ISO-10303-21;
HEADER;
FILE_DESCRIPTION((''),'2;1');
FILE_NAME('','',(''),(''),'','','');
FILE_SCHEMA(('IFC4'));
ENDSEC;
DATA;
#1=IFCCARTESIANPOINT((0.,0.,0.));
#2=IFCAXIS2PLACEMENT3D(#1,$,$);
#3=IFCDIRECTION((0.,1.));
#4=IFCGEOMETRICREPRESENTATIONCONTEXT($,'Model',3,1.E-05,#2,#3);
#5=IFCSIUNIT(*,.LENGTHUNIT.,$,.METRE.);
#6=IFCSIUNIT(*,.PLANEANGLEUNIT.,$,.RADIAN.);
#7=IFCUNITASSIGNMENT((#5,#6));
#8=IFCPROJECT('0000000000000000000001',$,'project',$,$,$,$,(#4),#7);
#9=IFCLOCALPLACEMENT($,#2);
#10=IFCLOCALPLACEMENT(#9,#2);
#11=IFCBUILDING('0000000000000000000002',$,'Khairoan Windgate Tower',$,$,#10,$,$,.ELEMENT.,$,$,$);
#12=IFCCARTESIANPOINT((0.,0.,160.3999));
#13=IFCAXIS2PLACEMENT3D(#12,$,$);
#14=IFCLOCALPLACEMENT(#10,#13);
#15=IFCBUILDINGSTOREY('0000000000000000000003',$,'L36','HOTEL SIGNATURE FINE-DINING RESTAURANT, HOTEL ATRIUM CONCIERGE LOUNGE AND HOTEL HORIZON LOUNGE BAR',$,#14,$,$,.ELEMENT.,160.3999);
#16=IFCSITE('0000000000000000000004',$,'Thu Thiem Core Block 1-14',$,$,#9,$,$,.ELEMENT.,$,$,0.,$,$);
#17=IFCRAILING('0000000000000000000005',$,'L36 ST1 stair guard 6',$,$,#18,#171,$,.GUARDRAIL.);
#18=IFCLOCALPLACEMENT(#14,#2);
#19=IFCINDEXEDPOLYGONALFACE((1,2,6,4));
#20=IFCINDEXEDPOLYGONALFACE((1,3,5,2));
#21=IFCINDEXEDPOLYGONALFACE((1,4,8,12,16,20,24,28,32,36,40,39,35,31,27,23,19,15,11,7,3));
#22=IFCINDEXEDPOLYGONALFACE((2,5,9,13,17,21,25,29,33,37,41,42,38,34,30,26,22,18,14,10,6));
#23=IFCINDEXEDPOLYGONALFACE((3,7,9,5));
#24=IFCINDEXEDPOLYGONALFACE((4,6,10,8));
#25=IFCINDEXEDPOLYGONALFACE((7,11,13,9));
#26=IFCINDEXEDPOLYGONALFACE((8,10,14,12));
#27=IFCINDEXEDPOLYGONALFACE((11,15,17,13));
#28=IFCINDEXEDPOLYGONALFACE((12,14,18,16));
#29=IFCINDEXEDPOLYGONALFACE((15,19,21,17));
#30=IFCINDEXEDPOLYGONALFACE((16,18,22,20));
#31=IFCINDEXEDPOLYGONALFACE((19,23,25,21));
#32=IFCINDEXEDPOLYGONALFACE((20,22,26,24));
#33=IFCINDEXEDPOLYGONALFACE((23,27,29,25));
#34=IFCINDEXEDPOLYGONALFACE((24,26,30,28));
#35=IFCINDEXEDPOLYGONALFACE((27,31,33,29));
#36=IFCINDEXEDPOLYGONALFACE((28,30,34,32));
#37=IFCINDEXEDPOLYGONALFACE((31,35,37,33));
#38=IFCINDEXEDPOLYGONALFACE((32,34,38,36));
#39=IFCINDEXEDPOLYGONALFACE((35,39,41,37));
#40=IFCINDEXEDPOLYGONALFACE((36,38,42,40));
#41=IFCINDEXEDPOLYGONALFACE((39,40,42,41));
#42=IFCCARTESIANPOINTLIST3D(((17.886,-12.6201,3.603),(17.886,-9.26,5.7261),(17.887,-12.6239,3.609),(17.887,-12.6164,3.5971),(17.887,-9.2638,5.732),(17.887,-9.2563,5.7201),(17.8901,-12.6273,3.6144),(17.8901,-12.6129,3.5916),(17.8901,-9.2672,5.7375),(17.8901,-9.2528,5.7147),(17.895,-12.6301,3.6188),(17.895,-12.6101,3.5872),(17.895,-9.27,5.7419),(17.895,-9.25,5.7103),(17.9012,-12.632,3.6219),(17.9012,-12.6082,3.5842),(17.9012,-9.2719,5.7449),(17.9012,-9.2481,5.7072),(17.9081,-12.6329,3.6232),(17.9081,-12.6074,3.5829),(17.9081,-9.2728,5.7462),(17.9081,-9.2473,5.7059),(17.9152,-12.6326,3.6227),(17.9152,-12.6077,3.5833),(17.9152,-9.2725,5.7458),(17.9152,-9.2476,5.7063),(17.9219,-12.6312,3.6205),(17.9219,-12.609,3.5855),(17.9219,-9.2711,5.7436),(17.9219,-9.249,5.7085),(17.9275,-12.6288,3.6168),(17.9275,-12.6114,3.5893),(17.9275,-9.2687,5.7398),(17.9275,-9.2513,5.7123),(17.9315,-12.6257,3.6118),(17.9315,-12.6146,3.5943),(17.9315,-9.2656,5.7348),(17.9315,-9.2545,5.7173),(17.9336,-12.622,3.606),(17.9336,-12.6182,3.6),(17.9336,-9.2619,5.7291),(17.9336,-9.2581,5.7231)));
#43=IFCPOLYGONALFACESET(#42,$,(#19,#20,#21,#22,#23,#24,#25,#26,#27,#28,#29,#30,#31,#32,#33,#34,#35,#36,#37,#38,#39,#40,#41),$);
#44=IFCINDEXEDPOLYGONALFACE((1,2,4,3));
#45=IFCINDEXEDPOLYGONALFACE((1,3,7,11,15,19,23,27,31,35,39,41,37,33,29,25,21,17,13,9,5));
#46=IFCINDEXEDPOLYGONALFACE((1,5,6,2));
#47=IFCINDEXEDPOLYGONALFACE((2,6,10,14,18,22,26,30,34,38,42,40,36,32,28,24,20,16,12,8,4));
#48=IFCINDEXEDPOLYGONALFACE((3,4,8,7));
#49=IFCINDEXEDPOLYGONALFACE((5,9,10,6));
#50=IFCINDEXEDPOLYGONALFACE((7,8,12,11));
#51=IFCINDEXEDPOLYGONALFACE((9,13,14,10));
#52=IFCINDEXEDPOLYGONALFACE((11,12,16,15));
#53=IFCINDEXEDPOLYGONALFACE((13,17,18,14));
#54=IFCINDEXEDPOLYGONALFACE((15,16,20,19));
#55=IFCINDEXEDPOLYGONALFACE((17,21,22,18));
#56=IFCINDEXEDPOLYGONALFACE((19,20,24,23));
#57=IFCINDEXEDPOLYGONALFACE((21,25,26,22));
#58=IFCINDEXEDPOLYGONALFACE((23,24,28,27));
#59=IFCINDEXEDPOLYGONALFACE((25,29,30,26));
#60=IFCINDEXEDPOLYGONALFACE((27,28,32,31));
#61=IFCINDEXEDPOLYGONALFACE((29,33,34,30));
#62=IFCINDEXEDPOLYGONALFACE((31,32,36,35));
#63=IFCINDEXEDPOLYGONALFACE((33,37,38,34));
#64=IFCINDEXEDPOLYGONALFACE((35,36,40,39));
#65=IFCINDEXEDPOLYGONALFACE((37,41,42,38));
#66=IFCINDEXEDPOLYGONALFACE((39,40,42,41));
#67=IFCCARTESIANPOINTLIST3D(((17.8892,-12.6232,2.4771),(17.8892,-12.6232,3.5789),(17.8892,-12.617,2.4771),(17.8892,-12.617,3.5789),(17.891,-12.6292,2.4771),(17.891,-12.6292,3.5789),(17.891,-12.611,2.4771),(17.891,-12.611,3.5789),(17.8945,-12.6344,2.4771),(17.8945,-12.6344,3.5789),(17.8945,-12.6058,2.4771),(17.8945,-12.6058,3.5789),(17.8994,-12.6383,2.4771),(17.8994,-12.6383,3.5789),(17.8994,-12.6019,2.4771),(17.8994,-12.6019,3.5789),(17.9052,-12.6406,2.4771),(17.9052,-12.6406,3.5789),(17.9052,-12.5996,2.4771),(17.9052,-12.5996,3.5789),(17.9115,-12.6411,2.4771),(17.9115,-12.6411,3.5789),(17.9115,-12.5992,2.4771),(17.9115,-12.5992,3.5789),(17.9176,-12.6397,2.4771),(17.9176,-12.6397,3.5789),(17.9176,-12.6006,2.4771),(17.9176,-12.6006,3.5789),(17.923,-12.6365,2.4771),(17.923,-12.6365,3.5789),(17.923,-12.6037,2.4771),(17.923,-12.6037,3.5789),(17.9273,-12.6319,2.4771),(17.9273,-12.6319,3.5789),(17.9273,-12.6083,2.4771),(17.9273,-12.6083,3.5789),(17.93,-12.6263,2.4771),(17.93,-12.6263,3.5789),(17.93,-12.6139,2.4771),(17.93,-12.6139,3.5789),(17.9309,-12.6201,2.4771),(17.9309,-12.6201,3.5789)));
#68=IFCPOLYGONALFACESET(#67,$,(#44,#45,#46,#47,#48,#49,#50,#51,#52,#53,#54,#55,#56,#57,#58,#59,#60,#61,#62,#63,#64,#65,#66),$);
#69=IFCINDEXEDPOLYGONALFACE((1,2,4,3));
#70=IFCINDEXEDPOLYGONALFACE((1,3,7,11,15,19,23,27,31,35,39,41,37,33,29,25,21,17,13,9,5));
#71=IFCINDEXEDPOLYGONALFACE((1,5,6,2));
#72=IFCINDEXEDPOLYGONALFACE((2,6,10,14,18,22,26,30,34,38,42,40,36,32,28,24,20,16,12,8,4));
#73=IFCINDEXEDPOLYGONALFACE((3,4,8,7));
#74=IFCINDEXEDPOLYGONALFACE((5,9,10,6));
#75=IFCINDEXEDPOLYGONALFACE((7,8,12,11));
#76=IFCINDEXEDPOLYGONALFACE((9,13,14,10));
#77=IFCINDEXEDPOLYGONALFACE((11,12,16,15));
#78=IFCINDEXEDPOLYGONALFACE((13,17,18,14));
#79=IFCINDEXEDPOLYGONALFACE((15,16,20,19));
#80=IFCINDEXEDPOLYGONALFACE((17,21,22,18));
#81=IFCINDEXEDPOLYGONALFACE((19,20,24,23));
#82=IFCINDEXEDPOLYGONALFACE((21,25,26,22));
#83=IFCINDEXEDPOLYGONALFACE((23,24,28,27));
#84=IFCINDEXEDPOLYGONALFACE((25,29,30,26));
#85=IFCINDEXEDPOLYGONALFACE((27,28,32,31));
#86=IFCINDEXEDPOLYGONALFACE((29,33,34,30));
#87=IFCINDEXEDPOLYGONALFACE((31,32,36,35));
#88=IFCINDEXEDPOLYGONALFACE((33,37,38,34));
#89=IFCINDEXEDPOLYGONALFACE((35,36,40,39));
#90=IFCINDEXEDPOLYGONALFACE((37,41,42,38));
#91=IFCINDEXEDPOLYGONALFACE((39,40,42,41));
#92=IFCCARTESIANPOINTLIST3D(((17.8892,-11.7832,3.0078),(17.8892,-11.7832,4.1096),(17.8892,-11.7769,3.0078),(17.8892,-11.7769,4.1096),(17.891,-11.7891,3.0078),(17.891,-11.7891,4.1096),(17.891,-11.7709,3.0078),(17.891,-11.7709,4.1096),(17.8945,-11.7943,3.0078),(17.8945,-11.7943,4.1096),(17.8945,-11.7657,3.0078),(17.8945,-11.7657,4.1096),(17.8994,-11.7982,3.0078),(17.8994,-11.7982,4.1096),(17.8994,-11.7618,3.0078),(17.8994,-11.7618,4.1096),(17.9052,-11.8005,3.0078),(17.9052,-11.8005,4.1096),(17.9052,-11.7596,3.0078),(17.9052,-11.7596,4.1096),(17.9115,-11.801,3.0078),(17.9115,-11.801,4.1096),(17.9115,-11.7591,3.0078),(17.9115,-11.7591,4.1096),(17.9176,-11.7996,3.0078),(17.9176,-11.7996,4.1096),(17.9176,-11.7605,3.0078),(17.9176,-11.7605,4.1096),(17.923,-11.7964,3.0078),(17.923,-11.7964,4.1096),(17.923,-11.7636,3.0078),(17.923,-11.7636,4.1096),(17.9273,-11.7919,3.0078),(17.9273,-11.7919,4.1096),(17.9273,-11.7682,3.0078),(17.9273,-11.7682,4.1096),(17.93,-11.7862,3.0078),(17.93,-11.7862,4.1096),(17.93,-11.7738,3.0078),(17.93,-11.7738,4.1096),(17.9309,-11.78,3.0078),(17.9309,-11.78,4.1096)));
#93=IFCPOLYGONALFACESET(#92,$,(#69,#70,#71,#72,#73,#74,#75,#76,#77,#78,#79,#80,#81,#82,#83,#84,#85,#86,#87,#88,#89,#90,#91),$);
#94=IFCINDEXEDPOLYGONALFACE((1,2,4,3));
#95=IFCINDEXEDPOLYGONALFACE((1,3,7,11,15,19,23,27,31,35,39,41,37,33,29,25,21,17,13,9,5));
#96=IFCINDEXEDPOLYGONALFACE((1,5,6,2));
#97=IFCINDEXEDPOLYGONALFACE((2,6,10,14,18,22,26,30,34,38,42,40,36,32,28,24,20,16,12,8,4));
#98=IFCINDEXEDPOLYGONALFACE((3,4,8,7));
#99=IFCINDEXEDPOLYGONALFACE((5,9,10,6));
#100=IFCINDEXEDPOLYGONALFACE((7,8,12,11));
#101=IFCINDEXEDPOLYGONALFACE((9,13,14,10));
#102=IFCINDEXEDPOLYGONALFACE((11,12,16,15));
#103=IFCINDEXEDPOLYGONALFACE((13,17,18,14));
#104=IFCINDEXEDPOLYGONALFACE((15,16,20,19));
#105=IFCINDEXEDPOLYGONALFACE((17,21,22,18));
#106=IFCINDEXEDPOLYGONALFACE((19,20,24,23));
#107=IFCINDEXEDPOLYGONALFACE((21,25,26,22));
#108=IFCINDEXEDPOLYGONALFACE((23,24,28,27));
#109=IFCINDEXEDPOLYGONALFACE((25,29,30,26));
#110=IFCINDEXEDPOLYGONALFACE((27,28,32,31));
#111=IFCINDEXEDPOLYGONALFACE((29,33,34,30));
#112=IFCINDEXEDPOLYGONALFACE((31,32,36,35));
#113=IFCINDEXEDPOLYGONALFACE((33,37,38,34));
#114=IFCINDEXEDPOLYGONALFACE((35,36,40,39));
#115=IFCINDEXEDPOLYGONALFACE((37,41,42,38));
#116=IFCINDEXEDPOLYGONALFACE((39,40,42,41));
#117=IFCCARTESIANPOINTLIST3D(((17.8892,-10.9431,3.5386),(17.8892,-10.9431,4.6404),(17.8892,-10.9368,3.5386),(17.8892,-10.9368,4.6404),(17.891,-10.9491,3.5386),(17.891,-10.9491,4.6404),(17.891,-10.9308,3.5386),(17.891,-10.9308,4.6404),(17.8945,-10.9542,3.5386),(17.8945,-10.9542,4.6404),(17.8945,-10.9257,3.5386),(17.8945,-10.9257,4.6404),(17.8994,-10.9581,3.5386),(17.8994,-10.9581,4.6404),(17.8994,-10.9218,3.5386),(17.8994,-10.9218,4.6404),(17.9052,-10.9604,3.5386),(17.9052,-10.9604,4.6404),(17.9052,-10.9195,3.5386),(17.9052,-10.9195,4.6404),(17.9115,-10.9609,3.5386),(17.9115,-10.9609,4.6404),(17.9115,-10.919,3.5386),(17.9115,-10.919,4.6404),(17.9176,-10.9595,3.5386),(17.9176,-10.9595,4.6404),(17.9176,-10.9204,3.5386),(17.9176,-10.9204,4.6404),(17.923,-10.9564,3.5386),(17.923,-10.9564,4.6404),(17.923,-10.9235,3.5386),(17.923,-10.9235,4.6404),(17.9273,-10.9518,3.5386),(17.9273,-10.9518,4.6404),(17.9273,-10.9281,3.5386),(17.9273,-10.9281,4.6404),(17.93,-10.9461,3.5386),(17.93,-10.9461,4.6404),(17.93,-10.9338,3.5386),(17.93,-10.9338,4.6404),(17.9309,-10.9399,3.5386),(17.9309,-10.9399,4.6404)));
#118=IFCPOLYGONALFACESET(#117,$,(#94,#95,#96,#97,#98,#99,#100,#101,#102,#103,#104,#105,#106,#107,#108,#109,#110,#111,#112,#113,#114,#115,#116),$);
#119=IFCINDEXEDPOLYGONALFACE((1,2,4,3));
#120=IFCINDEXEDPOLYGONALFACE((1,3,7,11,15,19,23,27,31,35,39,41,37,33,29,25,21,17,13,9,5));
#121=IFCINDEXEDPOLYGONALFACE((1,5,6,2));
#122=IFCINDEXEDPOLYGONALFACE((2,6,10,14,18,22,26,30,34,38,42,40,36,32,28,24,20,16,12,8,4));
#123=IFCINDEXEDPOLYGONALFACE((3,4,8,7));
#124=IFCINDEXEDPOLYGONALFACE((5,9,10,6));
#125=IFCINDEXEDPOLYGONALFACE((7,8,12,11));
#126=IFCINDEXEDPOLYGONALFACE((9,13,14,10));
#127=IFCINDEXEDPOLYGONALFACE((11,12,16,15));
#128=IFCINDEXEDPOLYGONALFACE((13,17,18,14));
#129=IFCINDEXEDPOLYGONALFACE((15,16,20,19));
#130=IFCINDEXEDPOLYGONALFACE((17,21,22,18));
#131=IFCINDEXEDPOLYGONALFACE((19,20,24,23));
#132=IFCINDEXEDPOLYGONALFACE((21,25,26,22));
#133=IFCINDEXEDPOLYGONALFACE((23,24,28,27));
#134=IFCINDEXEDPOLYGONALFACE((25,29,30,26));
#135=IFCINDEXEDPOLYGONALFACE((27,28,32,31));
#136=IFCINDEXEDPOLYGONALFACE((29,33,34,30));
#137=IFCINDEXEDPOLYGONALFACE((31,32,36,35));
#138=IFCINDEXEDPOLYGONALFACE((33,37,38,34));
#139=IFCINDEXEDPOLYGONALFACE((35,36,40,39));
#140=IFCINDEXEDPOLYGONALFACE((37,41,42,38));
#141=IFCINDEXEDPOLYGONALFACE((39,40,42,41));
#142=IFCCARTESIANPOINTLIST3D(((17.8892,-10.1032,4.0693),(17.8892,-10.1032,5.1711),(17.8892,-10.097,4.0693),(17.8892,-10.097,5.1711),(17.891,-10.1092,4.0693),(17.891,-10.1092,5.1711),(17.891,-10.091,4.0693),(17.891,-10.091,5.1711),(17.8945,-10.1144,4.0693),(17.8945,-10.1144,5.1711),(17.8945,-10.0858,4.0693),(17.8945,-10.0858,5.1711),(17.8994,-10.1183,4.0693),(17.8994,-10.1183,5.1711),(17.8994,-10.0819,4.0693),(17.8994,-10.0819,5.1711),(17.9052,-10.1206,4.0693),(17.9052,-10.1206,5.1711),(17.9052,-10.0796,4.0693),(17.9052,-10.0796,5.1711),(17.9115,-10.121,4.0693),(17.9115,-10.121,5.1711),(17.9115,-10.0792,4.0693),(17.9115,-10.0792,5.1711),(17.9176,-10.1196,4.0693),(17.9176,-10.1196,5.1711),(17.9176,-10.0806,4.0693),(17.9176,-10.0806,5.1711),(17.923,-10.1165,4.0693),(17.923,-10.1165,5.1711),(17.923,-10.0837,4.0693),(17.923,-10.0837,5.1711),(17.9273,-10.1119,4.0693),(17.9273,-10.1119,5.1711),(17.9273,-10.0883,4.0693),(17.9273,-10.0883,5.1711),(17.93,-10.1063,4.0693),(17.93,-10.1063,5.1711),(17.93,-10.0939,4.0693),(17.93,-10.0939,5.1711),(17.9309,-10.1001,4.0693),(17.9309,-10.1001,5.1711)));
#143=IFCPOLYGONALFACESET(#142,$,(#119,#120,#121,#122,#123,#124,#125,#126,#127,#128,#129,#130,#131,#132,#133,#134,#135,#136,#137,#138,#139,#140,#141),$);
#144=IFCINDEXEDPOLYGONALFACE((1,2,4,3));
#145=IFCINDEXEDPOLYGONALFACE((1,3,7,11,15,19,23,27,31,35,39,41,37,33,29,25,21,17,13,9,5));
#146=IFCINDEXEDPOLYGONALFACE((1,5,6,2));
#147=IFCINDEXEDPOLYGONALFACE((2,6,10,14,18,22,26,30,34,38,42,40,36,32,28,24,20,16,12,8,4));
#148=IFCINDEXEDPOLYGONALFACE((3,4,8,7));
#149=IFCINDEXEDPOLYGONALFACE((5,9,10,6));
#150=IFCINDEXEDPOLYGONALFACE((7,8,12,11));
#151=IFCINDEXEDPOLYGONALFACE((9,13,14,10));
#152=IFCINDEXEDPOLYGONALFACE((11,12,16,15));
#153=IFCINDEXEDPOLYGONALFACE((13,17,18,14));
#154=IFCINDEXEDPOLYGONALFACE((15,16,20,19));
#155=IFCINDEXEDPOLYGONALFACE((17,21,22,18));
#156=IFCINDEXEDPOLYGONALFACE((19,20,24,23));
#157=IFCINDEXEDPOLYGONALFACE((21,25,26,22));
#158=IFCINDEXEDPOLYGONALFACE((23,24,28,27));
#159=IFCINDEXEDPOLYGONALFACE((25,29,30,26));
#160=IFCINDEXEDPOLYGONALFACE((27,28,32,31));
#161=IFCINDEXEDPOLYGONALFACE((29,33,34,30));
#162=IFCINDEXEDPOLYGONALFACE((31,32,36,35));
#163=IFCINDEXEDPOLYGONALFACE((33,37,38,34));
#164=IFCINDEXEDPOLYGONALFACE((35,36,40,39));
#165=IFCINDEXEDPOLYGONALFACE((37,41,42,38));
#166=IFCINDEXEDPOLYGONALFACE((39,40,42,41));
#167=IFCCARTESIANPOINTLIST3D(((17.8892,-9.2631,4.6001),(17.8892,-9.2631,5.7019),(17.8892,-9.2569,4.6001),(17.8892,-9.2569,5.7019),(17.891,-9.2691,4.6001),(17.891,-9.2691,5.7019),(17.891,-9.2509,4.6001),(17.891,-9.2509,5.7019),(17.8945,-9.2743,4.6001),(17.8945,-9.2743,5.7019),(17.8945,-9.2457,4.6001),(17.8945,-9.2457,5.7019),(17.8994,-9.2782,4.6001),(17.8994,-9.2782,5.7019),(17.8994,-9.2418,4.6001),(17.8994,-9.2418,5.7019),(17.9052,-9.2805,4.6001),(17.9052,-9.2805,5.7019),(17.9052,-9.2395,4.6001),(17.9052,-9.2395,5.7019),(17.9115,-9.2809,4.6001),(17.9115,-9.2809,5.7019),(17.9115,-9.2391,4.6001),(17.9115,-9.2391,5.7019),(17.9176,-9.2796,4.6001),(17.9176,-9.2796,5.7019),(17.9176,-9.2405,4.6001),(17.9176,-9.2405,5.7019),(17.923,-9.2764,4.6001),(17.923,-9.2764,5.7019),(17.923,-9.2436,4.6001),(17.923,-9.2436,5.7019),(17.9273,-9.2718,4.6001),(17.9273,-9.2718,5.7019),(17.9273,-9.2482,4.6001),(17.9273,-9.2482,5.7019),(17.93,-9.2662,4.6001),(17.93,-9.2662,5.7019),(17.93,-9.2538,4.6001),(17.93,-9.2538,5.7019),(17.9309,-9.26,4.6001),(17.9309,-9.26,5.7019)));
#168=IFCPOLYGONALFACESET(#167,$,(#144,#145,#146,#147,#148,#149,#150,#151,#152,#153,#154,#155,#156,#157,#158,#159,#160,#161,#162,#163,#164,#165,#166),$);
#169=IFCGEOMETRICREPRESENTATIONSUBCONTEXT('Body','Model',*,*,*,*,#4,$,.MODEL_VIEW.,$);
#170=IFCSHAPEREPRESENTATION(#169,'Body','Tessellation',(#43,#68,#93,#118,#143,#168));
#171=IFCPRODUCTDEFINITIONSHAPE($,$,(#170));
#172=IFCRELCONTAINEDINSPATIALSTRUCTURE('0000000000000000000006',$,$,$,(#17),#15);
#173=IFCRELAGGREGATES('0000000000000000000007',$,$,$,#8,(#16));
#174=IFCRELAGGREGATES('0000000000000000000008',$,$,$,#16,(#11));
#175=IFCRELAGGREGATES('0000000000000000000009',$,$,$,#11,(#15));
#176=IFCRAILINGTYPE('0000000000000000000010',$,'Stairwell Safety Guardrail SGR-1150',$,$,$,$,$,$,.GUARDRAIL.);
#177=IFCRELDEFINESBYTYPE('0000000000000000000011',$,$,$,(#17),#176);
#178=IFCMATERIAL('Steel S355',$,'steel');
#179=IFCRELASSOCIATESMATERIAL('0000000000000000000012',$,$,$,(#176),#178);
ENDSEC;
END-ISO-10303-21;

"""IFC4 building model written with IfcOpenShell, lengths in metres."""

from ifc_helpers import new_model, si_unit, direction, frame, origin, origin_2d, place, context, subcontext, project, spatial, circle, extrude, material, type_object, element, save


model = new_model("IFC4")

# Units and contexts
model_context = context("Model", 3, precision=1e-05, world=origin(), true_north=direction((0.0, 1.0)))
body_context = subcontext(model_context, "Body", "Model", "MODEL_VIEW")
ifc_project = project(units=[si_unit("LENGTHUNIT", "METRE"), si_unit("PLANEANGLEUNIT", "RADIAN")], contexts=[model_context])

# Site, building, storey
site_placement = place(None, origin())
site = spatial("IfcSite", under=ifc_project, at=site_placement, Name="Thu Thiem Core Block 1-14", CompositionType="ELEMENT", RefElevation=0.0)
building_placement = place(site_placement, origin())
building = spatial("IfcBuilding", under=site, at=building_placement, Name="Khairoan Windgate Tower", CompositionType="ELEMENT")
storey_placement = place(building_placement, frame((0.0, 0.0, 160.3999)))
storey = spatial("IfcBuildingStorey", under=building, at=storey_placement, Name="L36", Description="HOTEL SIGNATURE FINE-DINING RESTAURANT, HOTEL ATRIUM CONCIERGE LOUNGE AND HOTEL HORIZON LOUNGE BAR", CompositionType="ELEMENT", Elevation=160.3999)

# Railing
ifc_material_1 = material(Name="Steel S355", Category="steel")
railing_type_1 = type_object("IfcRailingType", Name="Stairwell Safety Guardrail SGR-1150", PredefinedType="GUARDRAIL", material=ifc_material_1)
railing_1_placement = place(storey_placement, frame((17.9099, -12.6201, 2.4771)))
element("IfcRailing", 1, at=railing_1_placement, inside=storey, type_object=railing_type_1, Name="L36 ST1 stair guard 6", PredefinedType="GUARDRAIL", context=body_context, shape_type="SweptSolid", body=[
    extrude(circle(Radius=0.0239, at=origin_2d()), frame((0.0, 0.0, 1.126), z_axis=(0.0, 0.84539, 0.53415), x_axis=(-1.0, 0.0, 0.0)), (0.0, 0.0, 1.0), 3.9746),
    extrude(circle(Radius=0.021, at=origin_2d()), origin(), (0.0, 0.0, 1.0), 1.1018),
    extrude(circle(Radius=0.021, at=origin_2d()), frame((0.0, 0.8401, 0.5308)), (0.0, 0.0, 1.0), 1.1018),
    extrude(circle(Radius=0.021, at=origin_2d()), frame((0.0, 1.6802, 1.0615)), (0.0, 0.0, 1.0), 1.1018),
    extrude(circle(Radius=0.021, at=origin_2d()), frame((0.0, 2.52, 1.5923)), (0.0, 0.0, 1.0), 1.1018),
    extrude(circle(Radius=0.021, at=origin_2d()), frame((0.0, 3.3601, 2.123)), (0.0, 0.0, 1.0), 1.1018),
])

save(model, "model.ifc")
